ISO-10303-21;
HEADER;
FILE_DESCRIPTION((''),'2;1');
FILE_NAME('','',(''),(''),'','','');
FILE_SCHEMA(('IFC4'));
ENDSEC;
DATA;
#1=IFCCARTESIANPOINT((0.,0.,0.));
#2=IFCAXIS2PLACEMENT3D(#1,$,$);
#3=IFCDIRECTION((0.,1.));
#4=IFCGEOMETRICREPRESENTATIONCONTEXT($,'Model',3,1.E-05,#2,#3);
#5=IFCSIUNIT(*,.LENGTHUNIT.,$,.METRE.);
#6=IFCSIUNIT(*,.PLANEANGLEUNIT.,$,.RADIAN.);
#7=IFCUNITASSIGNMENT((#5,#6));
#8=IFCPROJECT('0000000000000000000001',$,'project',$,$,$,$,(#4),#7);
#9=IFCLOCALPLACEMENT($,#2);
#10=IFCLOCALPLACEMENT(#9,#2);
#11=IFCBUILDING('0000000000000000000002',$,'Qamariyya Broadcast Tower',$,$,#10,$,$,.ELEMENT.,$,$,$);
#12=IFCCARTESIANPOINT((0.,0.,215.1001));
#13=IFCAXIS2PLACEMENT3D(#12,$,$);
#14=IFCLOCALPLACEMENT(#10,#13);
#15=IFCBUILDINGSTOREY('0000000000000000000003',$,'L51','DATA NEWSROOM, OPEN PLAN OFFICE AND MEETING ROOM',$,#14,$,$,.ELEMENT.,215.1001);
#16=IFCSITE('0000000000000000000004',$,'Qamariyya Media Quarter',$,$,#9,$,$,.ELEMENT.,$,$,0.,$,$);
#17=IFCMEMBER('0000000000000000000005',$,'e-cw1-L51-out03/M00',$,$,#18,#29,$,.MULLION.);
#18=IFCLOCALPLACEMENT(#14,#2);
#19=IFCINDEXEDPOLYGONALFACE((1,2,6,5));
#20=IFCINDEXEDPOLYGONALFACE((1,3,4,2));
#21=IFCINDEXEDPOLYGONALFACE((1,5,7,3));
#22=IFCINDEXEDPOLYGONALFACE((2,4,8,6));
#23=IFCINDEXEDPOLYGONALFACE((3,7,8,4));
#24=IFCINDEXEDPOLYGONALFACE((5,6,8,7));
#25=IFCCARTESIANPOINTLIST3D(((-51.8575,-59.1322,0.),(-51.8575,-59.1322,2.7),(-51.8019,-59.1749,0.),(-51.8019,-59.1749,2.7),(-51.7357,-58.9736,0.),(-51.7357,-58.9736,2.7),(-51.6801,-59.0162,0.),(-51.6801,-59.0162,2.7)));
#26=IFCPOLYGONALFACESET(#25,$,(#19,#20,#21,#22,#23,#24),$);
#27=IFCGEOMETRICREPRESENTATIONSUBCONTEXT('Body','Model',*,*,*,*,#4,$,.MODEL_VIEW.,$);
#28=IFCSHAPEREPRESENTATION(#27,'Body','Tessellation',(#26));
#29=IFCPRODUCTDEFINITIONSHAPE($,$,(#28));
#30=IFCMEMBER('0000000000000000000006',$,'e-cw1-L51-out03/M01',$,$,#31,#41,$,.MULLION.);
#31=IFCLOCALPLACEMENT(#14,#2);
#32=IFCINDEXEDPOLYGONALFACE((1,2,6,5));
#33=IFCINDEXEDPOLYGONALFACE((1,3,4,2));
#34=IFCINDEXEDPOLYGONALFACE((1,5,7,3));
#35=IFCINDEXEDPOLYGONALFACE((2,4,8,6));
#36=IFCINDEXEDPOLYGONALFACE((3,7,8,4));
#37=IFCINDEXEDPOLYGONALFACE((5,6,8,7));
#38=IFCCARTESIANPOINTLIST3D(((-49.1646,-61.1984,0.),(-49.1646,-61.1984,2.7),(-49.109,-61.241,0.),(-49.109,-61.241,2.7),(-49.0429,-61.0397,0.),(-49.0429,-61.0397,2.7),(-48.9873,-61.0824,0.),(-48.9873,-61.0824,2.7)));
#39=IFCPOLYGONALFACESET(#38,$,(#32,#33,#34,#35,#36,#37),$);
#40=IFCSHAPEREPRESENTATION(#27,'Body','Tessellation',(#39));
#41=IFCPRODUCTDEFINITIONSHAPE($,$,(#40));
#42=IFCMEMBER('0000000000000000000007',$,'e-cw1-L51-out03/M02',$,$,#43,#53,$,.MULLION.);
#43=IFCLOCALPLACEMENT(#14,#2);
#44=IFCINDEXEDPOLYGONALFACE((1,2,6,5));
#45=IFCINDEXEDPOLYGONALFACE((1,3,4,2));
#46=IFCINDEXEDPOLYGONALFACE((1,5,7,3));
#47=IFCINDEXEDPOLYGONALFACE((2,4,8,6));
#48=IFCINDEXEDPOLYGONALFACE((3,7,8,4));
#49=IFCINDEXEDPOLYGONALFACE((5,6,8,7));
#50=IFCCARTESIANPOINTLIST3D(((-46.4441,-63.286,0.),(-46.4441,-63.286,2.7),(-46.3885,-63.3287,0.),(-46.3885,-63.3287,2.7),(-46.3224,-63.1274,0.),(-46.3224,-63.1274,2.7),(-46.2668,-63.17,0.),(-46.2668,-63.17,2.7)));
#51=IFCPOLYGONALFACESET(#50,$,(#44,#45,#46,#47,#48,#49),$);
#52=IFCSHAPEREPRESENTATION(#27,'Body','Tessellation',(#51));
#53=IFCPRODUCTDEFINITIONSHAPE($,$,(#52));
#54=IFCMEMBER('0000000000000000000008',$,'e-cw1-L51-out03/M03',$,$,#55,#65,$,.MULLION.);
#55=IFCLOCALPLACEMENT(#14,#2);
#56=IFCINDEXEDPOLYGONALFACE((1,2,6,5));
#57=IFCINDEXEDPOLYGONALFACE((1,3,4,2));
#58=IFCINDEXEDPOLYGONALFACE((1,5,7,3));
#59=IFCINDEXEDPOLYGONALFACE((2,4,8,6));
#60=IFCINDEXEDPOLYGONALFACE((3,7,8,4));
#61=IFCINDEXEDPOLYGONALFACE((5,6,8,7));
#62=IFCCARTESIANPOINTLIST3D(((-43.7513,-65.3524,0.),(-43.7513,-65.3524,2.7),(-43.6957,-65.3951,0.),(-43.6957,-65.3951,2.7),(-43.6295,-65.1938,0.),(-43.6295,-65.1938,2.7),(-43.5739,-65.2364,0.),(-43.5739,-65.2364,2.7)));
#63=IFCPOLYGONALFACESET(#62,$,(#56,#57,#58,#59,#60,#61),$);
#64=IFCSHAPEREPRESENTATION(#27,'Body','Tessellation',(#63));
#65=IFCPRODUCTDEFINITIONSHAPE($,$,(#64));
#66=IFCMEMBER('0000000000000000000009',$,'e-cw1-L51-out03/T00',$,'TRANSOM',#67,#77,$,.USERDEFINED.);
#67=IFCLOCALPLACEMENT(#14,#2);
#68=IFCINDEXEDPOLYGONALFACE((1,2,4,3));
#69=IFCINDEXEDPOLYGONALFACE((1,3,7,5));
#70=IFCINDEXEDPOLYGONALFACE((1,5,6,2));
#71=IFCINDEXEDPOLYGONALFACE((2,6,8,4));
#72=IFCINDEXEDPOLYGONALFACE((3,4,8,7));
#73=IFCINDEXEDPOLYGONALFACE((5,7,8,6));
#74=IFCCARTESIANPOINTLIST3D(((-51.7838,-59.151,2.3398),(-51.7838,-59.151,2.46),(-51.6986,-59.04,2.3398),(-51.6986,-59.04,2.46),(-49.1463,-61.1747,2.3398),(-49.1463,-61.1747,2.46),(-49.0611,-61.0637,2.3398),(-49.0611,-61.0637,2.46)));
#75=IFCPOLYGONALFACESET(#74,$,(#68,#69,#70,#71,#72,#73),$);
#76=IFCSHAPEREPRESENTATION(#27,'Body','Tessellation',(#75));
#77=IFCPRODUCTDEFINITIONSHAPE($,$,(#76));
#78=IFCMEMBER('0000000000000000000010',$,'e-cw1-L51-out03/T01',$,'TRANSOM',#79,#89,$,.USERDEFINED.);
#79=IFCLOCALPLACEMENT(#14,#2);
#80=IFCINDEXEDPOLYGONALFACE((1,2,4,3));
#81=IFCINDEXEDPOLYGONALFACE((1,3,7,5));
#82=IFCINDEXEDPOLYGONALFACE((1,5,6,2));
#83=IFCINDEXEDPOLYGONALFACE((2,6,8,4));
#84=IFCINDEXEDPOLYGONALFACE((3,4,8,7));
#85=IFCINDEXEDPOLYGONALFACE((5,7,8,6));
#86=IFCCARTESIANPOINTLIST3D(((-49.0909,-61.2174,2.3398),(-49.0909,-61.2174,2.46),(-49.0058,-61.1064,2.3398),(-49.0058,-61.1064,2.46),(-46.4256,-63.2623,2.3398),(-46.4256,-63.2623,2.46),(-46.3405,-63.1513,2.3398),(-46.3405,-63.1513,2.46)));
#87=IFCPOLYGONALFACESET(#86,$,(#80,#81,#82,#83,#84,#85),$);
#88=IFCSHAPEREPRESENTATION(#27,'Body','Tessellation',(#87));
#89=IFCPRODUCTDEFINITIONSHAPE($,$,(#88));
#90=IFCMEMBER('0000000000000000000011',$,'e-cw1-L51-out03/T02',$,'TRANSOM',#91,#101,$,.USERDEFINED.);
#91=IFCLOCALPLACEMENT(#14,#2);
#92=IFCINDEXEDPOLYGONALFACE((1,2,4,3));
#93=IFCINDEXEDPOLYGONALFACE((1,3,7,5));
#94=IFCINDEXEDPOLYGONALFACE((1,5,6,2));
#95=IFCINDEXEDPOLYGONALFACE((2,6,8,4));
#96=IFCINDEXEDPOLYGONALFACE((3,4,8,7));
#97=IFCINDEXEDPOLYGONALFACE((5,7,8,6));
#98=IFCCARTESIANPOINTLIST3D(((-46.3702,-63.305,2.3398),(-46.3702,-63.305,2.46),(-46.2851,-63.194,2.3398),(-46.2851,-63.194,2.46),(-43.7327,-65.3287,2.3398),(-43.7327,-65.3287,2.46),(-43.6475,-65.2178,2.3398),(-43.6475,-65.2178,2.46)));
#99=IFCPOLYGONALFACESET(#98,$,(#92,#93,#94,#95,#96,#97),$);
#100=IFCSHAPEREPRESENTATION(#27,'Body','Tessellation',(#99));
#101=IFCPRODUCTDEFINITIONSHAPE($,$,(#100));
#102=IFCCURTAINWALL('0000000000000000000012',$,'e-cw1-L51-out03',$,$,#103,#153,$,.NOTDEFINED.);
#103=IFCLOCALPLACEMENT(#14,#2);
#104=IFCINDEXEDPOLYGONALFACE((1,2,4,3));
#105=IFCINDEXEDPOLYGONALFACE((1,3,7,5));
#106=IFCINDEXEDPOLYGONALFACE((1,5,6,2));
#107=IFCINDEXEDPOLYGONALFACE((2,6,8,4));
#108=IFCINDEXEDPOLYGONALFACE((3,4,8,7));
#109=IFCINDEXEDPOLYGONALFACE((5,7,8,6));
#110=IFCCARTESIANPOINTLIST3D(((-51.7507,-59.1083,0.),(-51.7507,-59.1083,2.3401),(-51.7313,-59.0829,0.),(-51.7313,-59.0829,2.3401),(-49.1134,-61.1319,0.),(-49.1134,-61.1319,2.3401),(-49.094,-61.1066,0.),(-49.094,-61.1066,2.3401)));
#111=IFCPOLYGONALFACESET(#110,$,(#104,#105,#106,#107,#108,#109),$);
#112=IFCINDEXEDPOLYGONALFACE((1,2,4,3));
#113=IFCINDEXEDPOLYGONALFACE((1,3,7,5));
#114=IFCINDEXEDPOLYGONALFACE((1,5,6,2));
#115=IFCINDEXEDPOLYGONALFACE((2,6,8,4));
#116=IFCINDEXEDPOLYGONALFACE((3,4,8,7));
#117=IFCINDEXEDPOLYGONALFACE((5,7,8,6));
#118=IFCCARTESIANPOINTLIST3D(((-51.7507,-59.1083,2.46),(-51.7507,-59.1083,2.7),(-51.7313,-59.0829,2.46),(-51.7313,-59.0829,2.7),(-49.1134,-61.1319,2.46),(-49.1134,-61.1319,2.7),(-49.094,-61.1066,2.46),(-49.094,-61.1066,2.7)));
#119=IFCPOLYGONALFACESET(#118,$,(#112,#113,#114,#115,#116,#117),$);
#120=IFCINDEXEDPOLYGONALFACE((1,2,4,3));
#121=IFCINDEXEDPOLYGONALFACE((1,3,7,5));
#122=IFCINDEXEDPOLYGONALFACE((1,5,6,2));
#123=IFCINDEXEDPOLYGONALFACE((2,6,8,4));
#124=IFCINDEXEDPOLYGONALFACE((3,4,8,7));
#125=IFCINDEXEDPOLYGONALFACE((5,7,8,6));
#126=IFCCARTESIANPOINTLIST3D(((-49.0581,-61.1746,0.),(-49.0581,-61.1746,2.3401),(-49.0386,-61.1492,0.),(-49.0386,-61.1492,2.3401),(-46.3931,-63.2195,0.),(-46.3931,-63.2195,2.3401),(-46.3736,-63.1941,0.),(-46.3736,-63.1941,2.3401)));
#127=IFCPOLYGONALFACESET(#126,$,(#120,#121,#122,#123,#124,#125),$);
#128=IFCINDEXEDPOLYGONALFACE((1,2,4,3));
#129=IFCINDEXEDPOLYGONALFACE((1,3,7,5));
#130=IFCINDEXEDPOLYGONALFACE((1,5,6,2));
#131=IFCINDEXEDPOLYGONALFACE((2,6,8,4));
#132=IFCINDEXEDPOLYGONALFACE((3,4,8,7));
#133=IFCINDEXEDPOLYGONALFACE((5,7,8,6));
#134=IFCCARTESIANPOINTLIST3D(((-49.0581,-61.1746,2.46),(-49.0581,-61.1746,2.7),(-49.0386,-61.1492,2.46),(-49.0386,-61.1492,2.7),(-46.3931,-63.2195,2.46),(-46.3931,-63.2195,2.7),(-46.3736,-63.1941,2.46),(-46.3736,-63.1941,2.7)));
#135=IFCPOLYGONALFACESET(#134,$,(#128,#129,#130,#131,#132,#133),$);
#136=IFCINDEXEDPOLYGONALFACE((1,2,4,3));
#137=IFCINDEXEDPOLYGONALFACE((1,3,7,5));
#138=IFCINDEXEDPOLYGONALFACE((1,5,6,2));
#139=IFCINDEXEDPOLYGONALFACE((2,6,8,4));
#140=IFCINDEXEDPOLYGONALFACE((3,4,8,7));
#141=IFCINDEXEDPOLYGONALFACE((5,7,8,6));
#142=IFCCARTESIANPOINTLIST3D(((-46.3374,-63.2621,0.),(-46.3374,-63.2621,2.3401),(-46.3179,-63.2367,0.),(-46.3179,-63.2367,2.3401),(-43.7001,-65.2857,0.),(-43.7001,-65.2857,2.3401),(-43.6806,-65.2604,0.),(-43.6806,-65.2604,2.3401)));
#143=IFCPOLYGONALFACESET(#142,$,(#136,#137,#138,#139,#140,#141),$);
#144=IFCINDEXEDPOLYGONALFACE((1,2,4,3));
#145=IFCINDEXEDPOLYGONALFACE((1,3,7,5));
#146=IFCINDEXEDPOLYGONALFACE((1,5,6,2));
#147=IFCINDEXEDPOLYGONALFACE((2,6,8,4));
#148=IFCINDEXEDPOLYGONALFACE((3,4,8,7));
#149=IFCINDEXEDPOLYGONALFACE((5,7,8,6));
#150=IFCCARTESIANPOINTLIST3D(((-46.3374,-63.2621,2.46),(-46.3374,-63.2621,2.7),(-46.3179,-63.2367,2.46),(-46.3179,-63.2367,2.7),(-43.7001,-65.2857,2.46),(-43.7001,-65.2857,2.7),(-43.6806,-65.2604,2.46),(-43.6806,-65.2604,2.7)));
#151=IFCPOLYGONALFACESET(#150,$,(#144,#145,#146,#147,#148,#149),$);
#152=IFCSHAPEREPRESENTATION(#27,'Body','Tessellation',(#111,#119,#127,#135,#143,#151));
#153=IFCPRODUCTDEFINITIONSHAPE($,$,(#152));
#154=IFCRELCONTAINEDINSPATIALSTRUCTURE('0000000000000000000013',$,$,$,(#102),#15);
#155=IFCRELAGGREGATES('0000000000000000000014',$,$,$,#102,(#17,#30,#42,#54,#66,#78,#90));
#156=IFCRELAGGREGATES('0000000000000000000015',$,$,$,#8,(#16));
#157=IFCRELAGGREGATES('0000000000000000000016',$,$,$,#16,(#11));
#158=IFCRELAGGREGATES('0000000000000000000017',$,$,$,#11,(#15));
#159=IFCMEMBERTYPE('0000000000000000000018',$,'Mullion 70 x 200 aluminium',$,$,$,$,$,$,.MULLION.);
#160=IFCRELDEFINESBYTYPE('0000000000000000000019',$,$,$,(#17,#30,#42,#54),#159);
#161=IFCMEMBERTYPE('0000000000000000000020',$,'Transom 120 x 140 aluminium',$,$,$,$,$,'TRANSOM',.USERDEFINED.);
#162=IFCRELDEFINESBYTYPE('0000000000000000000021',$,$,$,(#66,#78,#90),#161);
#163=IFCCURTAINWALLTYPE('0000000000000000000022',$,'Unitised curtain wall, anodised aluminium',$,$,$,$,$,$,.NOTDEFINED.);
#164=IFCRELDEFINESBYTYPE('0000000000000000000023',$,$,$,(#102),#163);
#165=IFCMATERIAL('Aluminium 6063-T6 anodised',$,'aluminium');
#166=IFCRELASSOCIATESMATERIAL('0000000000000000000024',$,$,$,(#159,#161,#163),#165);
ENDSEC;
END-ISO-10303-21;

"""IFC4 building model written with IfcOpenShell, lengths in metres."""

from ifc_helpers import new_model, si_unit, direction, frame, origin, origin_2d, place, context, subcontext, project, spatial, rectangle, extrude, material, material_profile, profile_set, type_object, element, aggregate, save


model = new_model("IFC4")

# Units and contexts
model_context = context("Model", 3, precision=1e-05, world=origin(), true_north=direction((0.0, 1.0)))
body_context = subcontext(model_context, "Body", "Model", "MODEL_VIEW")
ifc_project = project(units=[si_unit("LENGTHUNIT", "METRE"), si_unit("PLANEANGLEUNIT", "RADIAN")], contexts=[model_context])

# Members
ifc_material = material(Name="Aluminium 6063-T6 anodised", Category="aluminium")
ifc_material_profile_1 = material_profile(ifc_material, rectangle(XDim=0.2, YDim=0.0701, at=origin_2d()))
ifc_profile_set_1 = profile_set([ifc_material_profile_1], Name="Aluminium 6063-T6 anodised")
member_type_1 = type_object("IfcMemberType", Name="Mullion 70 x 200 aluminium", PredefinedType="MULLION", material=ifc_profile_set_1)
site_placement = place(None, origin())
building_placement = place(site_placement, origin())
storey_placement = place(building_placement, frame((0.0, 0.0, 215.1001)))
member_1_placement = place(storey_placement, frame((-51.7688, -59.0742, 0.0), z_axis=(0.0, 0.0, 1.0), x_axis=(0.608761, 0.793353, 0.0)))
member_1 = element("IfcMember", 1, at=member_1_placement, type_object=member_type_1, Name="e-cw1-L51-out03/M00", PredefinedType="MULLION", context=body_context, shape_type="SweptSolid", body=[
    extrude(rectangle(XDim=0.2, YDim=0.0701, at=origin_2d()), origin(), (0.0, 0.0, 1.0), 2.7),
])
member_2_placement = place(storey_placement, frame((-49.0759, -61.1404, 0.0), z_axis=(0.0, 0.0, 1.0), x_axis=(0.608761, 0.793353, 0.0)))
member_2 = element("IfcMember", 2, at=member_2_placement, type_object=member_type_1, Name="e-cw1-L51-out03/M01", PredefinedType="MULLION", context=body_context, shape_type="SweptSolid", body=[
    extrude(rectangle(XDim=0.2, YDim=0.0701, at=origin_2d()), origin(), (0.0, 0.0, 1.0), 2.7),
])
member_3_placement = place(storey_placement, frame((-46.3555, -63.228, 0.0), z_axis=(0.0, 0.0, 1.0), x_axis=(0.608761, 0.793353, 0.0)))
member_3 = element("IfcMember", 3, at=member_3_placement, type_object=member_type_1, Name="e-cw1-L51-out03/M02", PredefinedType="MULLION", context=body_context, shape_type="SweptSolid", body=[
    extrude(rectangle(XDim=0.2, YDim=0.0701, at=origin_2d()), origin(), (0.0, 0.0, 1.0), 2.7),
])
member_4_placement = place(storey_placement, frame((-43.6626, -65.2944, 0.0), z_axis=(0.0, 0.0, 1.0), x_axis=(0.608761, 0.793353, 0.0)))
member_4 = element("IfcMember", 4, at=member_4_placement, type_object=member_type_1, Name="e-cw1-L51-out03/M03", PredefinedType="MULLION", context=body_context, shape_type="SweptSolid", body=[
    extrude(rectangle(XDim=0.2, YDim=0.0701, at=origin_2d()), origin(), (0.0, 0.0, 1.0), 2.7),
])
ifc_material_profile_2 = material_profile(ifc_material, rectangle(XDim=0.1399, YDim=0.1201, at=origin_2d()))
ifc_profile_set_2 = profile_set([ifc_material_profile_2], Name="Aluminium 6063-T6 anodised")
member_type_2 = type_object("IfcMemberType", Name="Transom 120 x 140 aluminium", ElementType="TRANSOM", PredefinedType="USERDEFINED", material=ifc_profile_set_2)
member_5_placement = place(storey_placement, frame((-51.7412, -59.0955, 2.3999), z_axis=(0.793369, -0.608741, 0.0), x_axis=(0.608741, 0.793369, 0.0)))
member_5 = element("IfcMember", 5, at=member_5_placement, type_object=member_type_2, Name="e-cw1-L51-out03/T00", ObjectType="TRANSOM", PredefinedType="USERDEFINED", context=body_context, shape_type="SweptSolid", body=[
    extrude(rectangle(XDim=0.1399, YDim=0.1201, at=origin_2d()), origin(), (0.0, 0.0, 1.0), 3.3245),
])
member_6_placement = place(storey_placement, frame((-49.0483, -61.1619, 2.3999), z_axis=(0.793385, -0.60872, 0.0), x_axis=(0.60872, 0.793385, 0.0)))
member_6 = element("IfcMember", 6, at=member_6_placement, type_object=member_type_2, Name="e-cw1-L51-out03/T01", ObjectType="TRANSOM", PredefinedType="USERDEFINED", context=body_context, shape_type="SweptSolid", body=[
    extrude(rectangle(XDim=0.1399, YDim=0.1201, at=origin_2d()), origin(), (0.0, 0.0, 1.0), 3.3594),
])
member_7_placement = place(storey_placement, frame((-46.3276, -63.2495, 2.3999), z_axis=(0.793369, -0.608741, 0.0), x_axis=(0.608741, 0.793369, 0.0)))
member_7 = element("IfcMember", 7, at=member_7_placement, type_object=member_type_2, Name="e-cw1-L51-out03/T02", ObjectType="TRANSOM", PredefinedType="USERDEFINED", context=body_context, shape_type="SweptSolid", body=[
    extrude(rectangle(XDim=0.1399, YDim=0.1201, at=origin_2d()), origin(), (0.0, 0.0, 1.0), 3.3245),
])

# Site, building, storey
site = spatial("IfcSite", under=ifc_project, at=site_placement, Name="Qamariyya Media Quarter", CompositionType="ELEMENT", RefElevation=0.0)
building = spatial("IfcBuilding", under=site, at=building_placement, Name="Qamariyya Broadcast Tower", CompositionType="ELEMENT")
storey = spatial("IfcBuildingStorey", under=building, at=storey_placement, Name="L51", Description="DATA NEWSROOM, OPEN PLAN OFFICE AND MEETING ROOM", CompositionType="ELEMENT", Elevation=215.1001)

# Curtain wall
curtain_wall_type = type_object("IfcCurtainWallType", Name="Unitised curtain wall, anodised aluminium", PredefinedType="NOTDEFINED", material=ifc_material)
curtain_wall_1_placement = place(storey_placement, origin())
curtain_wall_1 = element("IfcCurtainWall", 8, at=curtain_wall_1_placement, inside=storey, type_object=curtain_wall_type, Name="e-cw1-L51-out03", PredefinedType="NOTDEFINED", context=body_context, shape_type="SweptSolid", body=[
    extrude(rectangle(XDim=3.3242, YDim=0.032, at=origin_2d()), frame((-50.4224, -60.1074, 0.0), x_axis=(0.793359, -0.608754, 0.0)), (0.0, 0.0, 1.0), 2.3401),
    extrude(rectangle(XDim=3.3242, YDim=0.032, at=origin_2d()), frame((-50.4224, -60.1074, 2.46), x_axis=(0.793359, -0.608754, 0.0)), (0.0, 0.0, 1.0), 0.24),
    extrude(rectangle(XDim=3.3591, YDim=0.032, at=origin_2d()), frame((-47.7158, -62.1843, 0.0), x_axis=(0.793359, -0.608754, 0.0)), (0.0, 0.0, 1.0), 2.3401),
    extrude(rectangle(XDim=3.3591, YDim=0.032, at=origin_2d()), frame((-47.7158, -62.1843, 2.46), x_axis=(0.793359, -0.608754, 0.0)), (0.0, 0.0, 1.0), 0.24),
    extrude(rectangle(XDim=3.3242, YDim=0.032, at=origin_2d()), frame((-45.009, -64.2612, 0.0), x_axis=(0.793359, -0.608754, 0.0)), (0.0, 0.0, 1.0), 2.3401),
    extrude(rectangle(XDim=3.3242, YDim=0.032, at=origin_2d()), frame((-45.009, -64.2612, 2.46), x_axis=(0.793359, -0.608754, 0.0)), (0.0, 0.0, 1.0), 0.24),
])
aggregate(curtain_wall_1, [member_1, member_2, member_3, member_4, member_5, member_6, member_7])

save(model, "model.ifc")
